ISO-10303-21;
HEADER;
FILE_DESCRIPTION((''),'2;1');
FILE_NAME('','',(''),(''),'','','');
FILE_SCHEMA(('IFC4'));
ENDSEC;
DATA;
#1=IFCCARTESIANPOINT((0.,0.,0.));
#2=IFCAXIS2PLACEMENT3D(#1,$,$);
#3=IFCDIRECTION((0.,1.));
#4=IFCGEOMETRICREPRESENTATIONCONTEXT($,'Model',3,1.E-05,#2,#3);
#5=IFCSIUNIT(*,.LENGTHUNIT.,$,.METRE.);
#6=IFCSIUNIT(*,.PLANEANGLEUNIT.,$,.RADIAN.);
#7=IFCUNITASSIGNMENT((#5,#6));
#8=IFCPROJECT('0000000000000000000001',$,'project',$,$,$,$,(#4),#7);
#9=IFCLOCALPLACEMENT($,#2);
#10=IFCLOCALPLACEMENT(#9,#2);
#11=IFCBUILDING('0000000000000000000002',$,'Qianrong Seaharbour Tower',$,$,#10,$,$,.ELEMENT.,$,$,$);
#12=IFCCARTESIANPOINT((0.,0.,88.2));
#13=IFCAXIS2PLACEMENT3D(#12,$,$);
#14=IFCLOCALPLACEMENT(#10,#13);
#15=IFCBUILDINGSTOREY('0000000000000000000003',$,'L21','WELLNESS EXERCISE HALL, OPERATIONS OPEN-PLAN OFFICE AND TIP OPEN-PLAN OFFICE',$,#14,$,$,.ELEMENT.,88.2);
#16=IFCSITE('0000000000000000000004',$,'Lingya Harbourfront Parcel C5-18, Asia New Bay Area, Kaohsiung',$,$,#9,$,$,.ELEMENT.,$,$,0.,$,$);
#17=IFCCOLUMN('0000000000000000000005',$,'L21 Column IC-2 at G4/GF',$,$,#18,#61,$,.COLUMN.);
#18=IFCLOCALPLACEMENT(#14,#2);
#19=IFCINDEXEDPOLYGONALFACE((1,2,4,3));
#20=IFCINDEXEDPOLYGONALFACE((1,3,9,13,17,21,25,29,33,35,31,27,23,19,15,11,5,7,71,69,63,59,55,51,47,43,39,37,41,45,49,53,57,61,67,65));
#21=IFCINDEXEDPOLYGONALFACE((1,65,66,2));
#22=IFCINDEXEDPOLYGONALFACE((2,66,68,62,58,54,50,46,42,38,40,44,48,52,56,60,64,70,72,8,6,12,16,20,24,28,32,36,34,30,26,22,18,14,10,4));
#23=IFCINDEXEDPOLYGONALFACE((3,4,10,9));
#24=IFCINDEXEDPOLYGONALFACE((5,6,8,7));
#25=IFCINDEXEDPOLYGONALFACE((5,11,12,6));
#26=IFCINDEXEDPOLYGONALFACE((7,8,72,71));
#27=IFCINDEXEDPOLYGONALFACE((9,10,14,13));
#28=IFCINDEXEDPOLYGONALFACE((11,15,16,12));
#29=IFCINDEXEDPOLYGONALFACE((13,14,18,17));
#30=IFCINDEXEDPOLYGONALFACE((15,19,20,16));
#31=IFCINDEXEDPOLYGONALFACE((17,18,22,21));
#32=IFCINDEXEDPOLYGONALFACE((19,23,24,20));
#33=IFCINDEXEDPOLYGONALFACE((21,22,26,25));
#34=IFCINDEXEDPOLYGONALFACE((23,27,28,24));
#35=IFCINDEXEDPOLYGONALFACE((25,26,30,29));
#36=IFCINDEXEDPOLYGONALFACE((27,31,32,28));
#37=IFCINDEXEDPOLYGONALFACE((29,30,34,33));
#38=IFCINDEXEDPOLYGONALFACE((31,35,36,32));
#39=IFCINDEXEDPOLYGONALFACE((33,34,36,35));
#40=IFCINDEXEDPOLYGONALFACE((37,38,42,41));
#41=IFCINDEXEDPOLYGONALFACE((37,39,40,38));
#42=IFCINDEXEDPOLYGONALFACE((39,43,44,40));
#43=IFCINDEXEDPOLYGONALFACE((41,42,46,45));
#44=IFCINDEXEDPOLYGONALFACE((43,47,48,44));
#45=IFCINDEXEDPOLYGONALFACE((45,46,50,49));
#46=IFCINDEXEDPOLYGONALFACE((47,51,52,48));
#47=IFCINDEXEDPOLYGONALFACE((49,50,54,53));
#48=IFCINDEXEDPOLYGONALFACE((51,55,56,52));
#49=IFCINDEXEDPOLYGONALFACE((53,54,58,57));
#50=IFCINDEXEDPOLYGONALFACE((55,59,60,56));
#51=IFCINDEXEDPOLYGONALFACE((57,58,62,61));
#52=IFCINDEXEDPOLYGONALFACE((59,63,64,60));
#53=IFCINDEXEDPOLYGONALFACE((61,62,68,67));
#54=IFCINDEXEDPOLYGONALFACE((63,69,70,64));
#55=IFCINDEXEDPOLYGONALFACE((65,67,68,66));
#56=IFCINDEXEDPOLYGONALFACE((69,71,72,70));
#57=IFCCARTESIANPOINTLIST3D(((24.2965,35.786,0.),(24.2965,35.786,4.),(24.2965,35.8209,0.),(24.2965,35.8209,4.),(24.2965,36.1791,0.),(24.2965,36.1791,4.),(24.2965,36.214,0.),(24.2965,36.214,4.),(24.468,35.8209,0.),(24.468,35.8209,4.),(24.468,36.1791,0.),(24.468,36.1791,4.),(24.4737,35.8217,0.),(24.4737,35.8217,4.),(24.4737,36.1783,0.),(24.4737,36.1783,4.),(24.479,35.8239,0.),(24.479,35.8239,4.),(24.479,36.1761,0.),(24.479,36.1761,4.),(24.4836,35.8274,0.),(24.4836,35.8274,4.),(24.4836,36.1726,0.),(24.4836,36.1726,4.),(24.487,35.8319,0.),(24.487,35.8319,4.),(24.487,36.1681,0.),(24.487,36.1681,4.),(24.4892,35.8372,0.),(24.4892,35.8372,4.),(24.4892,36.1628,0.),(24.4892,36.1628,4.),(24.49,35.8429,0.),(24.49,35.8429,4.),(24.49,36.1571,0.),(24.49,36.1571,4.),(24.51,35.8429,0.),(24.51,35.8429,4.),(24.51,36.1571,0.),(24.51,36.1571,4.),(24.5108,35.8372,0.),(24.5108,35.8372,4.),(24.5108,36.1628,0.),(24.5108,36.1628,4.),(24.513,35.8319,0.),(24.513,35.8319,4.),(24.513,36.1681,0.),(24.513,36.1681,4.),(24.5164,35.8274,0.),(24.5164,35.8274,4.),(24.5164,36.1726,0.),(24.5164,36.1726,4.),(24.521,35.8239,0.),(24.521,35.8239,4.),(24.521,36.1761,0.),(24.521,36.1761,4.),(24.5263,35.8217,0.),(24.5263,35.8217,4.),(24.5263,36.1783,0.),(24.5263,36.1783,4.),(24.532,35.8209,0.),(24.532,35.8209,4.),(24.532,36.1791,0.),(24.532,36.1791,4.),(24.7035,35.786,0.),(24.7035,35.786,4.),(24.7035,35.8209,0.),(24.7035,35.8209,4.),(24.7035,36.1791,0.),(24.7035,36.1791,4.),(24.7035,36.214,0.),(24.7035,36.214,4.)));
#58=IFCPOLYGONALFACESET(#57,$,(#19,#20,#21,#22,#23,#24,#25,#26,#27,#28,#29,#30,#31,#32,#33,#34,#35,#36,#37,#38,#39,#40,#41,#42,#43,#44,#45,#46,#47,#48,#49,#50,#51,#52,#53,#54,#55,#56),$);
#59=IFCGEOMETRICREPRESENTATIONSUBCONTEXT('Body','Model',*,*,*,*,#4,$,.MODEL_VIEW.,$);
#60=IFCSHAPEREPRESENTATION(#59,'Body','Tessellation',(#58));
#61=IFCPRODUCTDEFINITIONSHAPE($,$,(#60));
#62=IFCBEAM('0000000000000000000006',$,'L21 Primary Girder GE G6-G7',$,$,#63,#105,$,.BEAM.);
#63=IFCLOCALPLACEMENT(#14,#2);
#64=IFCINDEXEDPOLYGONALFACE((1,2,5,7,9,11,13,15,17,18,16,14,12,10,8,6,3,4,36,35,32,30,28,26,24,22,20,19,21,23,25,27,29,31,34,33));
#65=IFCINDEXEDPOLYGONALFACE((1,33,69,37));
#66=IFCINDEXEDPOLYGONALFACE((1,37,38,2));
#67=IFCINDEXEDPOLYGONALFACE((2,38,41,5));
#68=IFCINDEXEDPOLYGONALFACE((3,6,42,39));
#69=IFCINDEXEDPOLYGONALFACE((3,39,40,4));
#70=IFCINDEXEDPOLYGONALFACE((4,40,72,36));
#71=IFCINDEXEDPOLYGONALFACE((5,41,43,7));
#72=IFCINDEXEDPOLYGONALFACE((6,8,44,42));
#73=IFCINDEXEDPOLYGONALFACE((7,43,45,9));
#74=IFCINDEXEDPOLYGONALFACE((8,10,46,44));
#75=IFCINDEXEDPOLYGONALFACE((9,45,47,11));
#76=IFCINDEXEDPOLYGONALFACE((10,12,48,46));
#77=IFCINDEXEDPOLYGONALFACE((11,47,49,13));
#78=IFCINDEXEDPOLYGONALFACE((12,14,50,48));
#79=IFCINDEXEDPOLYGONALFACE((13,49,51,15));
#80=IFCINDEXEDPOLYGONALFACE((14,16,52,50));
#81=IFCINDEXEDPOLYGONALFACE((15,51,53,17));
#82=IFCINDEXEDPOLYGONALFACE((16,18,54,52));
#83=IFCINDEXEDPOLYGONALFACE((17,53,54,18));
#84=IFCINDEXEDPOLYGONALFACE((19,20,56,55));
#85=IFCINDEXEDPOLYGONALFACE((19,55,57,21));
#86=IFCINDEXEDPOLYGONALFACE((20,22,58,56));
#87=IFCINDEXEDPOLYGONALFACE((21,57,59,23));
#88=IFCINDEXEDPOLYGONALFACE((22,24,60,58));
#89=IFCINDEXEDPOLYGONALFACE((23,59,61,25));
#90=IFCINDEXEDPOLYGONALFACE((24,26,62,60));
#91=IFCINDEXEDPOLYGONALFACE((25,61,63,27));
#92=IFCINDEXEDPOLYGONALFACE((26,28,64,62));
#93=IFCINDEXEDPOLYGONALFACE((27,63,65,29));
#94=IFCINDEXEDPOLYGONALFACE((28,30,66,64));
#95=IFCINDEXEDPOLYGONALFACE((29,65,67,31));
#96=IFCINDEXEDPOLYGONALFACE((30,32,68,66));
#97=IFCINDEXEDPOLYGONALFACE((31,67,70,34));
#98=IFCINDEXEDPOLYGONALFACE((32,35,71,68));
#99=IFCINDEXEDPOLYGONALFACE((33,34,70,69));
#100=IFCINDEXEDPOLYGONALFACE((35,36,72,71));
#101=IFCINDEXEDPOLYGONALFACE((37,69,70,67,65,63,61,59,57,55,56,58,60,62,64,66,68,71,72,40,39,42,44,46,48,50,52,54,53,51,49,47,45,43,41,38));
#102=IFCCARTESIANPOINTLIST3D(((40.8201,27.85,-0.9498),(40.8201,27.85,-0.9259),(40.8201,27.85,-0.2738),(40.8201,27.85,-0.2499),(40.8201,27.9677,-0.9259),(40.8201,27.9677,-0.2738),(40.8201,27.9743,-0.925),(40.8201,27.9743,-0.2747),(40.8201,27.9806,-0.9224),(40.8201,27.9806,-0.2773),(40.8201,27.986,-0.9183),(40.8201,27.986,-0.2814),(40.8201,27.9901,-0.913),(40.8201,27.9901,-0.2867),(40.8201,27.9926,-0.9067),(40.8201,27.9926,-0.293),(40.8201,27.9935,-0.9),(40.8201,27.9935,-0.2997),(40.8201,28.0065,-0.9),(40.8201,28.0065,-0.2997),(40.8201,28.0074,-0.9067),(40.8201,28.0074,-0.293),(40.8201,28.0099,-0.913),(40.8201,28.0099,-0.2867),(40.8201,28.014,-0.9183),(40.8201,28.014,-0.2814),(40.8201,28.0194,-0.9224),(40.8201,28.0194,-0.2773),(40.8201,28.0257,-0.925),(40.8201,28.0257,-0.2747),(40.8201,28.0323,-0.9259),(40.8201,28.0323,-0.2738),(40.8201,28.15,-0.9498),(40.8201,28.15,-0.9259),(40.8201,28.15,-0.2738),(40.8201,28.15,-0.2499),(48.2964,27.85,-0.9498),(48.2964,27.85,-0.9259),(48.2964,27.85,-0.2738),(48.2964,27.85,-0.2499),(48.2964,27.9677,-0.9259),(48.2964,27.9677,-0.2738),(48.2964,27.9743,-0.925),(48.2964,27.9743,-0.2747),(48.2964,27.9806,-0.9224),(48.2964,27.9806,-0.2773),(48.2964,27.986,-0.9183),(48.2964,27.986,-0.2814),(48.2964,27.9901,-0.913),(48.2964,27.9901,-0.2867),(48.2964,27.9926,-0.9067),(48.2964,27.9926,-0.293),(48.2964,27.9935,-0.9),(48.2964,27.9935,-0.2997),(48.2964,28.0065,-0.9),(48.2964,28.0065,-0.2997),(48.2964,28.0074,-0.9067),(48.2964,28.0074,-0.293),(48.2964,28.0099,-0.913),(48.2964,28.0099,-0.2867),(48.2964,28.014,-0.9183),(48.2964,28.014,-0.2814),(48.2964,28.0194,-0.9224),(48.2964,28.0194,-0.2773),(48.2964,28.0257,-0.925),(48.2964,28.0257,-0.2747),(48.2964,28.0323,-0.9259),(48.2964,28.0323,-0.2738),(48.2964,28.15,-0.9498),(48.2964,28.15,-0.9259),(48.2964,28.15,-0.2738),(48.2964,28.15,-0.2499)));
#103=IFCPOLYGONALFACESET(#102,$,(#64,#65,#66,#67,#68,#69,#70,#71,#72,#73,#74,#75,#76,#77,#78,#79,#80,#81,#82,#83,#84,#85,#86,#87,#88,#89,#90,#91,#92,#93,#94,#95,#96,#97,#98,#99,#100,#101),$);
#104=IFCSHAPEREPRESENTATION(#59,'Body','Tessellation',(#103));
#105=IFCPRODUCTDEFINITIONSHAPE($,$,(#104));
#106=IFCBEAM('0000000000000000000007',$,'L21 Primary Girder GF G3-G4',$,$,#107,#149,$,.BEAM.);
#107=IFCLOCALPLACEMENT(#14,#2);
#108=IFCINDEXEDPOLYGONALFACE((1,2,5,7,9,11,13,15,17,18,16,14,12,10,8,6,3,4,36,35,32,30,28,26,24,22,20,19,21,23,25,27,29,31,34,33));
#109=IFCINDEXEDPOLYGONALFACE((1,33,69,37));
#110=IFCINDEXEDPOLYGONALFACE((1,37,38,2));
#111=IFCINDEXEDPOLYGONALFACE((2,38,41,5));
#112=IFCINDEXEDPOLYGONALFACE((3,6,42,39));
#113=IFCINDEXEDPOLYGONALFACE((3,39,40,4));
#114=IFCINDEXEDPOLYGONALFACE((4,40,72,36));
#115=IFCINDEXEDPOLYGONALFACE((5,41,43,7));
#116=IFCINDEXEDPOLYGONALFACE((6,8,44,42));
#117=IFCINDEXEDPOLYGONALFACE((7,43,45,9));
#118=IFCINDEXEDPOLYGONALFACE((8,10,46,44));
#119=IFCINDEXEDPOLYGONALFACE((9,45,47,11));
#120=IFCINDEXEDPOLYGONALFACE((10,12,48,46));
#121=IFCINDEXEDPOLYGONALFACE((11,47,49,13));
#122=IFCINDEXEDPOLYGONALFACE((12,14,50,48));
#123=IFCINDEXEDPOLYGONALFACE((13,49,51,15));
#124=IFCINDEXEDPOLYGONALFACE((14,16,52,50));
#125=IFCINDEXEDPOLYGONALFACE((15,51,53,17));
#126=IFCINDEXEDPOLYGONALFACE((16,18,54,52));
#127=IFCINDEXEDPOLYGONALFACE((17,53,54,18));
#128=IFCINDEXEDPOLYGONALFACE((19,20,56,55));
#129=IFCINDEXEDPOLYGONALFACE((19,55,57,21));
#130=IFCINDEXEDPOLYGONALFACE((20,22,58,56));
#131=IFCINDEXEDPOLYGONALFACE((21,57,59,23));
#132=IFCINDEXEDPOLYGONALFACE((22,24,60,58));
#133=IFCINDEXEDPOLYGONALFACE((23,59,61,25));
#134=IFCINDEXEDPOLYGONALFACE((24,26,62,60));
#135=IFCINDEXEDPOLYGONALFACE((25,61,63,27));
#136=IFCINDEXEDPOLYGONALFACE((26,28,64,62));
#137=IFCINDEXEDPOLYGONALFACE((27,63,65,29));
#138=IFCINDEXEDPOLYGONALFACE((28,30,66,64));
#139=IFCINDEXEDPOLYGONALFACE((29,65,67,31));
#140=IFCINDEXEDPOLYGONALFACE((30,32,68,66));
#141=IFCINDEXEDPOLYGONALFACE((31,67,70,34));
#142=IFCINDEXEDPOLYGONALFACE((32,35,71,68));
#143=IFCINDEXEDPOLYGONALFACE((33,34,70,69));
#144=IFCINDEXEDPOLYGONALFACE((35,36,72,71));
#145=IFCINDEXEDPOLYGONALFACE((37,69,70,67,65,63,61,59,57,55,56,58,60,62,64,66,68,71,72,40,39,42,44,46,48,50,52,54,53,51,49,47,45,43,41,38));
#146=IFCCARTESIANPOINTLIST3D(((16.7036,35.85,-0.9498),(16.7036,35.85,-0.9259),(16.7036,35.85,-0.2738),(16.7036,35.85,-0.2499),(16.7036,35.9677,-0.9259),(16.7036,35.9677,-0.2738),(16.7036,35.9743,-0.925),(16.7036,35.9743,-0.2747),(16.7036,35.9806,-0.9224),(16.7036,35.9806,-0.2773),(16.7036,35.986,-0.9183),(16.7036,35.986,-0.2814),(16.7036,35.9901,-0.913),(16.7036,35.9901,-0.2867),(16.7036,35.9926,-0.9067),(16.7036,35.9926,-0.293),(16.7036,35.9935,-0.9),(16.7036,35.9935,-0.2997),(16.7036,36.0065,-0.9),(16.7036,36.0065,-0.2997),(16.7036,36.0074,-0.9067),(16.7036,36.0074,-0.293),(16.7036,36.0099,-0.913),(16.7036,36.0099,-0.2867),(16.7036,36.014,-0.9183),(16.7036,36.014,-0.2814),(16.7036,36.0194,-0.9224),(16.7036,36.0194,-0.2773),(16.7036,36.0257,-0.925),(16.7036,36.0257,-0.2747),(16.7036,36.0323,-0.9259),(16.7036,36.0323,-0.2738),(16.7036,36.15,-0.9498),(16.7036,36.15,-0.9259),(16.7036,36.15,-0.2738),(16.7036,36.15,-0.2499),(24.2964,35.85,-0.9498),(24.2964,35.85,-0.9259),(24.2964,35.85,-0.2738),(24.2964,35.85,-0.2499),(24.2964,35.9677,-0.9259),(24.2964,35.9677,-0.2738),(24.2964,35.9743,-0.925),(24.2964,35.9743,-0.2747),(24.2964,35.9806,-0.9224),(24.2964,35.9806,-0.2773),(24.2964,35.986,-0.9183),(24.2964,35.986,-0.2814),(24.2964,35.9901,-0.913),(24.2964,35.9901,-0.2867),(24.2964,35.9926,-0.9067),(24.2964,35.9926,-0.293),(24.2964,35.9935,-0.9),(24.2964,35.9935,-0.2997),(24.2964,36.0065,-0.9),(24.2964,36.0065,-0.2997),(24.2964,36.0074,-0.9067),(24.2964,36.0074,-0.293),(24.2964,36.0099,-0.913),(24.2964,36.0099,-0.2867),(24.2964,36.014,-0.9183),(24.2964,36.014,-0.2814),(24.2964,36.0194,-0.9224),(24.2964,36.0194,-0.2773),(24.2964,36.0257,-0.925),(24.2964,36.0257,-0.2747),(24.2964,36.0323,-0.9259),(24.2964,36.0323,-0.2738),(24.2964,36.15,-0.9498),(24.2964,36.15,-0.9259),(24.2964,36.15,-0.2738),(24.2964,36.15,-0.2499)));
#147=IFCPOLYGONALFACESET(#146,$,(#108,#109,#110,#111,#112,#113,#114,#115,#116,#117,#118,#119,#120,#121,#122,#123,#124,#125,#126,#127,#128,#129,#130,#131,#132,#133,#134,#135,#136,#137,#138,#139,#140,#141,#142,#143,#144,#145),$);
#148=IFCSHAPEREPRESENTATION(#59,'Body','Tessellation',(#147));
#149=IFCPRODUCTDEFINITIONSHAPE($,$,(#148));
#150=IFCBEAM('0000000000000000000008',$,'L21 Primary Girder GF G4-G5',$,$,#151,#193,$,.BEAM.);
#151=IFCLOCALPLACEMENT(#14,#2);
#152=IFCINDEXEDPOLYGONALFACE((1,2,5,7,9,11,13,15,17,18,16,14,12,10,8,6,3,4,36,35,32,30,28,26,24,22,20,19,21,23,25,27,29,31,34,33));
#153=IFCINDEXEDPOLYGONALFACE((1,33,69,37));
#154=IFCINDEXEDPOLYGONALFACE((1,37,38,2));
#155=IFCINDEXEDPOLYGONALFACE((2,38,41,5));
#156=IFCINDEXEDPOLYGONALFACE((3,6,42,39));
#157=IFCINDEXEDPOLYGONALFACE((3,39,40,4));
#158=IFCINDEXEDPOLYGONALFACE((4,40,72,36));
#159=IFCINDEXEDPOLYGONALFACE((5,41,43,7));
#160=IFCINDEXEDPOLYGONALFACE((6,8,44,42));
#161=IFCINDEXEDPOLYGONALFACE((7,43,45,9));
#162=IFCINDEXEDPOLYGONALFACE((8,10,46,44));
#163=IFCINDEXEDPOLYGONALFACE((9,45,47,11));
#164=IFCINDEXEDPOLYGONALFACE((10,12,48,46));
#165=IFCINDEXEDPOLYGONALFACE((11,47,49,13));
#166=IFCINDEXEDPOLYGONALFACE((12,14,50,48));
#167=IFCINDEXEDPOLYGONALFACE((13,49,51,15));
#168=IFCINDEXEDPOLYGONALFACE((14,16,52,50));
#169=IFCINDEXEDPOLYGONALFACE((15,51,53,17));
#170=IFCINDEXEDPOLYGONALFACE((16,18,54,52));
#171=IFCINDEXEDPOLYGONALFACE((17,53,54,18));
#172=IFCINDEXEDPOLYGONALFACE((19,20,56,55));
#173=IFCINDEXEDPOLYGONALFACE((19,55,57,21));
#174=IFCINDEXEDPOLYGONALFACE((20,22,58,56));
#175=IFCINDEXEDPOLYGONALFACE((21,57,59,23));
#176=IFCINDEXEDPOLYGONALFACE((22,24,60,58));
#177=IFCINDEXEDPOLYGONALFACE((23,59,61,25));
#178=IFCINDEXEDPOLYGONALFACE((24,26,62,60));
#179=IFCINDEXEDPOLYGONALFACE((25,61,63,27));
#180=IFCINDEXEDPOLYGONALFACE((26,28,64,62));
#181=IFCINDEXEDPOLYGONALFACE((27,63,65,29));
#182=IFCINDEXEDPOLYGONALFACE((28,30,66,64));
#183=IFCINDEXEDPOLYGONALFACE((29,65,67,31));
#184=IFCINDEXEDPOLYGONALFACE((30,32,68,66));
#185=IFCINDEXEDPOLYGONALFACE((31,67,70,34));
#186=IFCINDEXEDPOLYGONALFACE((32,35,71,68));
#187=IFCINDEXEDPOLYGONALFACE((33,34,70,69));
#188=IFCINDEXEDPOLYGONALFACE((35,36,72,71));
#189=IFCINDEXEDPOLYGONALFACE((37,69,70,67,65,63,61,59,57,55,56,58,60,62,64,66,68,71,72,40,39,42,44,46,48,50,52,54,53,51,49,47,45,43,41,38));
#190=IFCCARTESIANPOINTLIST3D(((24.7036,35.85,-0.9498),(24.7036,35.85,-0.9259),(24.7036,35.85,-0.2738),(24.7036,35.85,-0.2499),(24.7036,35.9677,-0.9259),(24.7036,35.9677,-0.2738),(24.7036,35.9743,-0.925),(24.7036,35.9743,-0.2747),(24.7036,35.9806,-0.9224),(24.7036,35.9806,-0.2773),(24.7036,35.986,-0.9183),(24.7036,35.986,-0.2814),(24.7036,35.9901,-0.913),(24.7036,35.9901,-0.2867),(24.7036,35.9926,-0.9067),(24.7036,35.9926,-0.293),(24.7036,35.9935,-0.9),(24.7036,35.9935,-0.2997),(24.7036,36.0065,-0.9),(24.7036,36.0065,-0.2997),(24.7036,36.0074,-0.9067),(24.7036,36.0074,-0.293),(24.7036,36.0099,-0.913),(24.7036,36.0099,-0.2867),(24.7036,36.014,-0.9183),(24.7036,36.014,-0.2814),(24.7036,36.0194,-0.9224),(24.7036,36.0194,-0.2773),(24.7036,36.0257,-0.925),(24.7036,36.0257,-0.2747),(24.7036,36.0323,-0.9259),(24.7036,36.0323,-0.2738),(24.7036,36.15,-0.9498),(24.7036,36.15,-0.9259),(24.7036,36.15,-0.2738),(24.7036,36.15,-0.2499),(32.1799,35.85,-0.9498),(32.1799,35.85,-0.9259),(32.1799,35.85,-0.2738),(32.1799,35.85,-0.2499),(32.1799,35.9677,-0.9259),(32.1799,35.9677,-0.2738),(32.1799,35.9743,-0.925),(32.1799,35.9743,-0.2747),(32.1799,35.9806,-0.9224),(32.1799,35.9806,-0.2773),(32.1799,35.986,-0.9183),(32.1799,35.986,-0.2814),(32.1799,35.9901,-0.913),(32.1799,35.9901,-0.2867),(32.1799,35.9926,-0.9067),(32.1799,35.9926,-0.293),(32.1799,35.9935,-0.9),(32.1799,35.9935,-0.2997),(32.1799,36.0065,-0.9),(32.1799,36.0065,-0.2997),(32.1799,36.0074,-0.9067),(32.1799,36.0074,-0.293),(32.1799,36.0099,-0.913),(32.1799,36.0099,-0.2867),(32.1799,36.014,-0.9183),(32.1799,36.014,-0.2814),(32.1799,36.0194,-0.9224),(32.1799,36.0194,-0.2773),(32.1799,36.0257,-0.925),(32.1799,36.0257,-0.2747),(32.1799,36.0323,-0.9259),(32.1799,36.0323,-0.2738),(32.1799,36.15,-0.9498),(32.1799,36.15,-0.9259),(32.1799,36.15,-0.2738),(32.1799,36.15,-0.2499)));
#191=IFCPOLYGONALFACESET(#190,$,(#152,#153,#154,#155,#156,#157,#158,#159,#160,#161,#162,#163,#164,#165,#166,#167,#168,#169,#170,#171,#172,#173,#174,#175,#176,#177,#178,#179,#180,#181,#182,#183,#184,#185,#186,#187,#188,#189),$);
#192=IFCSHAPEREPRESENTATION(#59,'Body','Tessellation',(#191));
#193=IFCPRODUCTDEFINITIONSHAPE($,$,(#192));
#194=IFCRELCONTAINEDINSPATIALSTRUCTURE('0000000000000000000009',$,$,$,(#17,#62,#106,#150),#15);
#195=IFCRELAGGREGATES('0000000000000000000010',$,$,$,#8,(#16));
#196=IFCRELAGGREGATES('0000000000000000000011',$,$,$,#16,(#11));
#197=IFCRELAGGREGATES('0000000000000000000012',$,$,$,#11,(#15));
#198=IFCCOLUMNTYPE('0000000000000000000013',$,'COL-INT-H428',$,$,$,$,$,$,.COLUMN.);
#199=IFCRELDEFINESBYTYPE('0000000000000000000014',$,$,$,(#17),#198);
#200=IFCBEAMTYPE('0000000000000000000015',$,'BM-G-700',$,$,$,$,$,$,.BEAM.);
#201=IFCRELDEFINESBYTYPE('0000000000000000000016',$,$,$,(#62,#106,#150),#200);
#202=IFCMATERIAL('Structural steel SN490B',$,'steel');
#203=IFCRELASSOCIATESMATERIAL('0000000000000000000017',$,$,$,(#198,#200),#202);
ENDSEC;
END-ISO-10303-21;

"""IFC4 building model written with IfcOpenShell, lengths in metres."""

from ifc_helpers import new_model, si_unit, direction, frame, origin, origin_2d, place, context, subcontext, project, spatial, i_section, extrude, material, material_profile, profile_set, type_object, element, save


model = new_model("IFC4")

# Units and contexts
model_context = context("Model", 3, precision=1e-05, world=origin(), true_north=direction((0.0, 1.0)))
body_context = subcontext(model_context, "Body", "Model", "MODEL_VIEW")
ifc_project = project(units=[si_unit("LENGTHUNIT", "METRE"), si_unit("PLANEANGLEUNIT", "RADIAN")], contexts=[model_context])

# Site, building, storey
site_placement = place(None, origin())
site = spatial("IfcSite", under=ifc_project, at=site_placement, Name="Lingya Harbourfront Parcel C5-18, Asia New Bay Area, Kaohsiung", CompositionType="ELEMENT", RefElevation=0.0)
building_placement = place(site_placement, origin())
building = spatial("IfcBuilding", under=site, at=building_placement, Name="Qianrong Seaharbour Tower", CompositionType="ELEMENT")
storey_placement = place(building_placement, frame((0.0, 0.0, 88.2)))
storey = spatial("IfcBuildingStorey", under=building, at=storey_placement, Name="L21", Description="WELLNESS EXERCISE HALL, OPERATIONS OPEN-PLAN OFFICE AND TIP OPEN-PLAN OFFICE", CompositionType="ELEMENT", Elevation=88.2)

# Column
ifc_material_1 = material(Name="Structural steel SN490B", Category="steel")
ifc_material_profile_1 = material_profile(ifc_material_1, i_section(OverallWidth=0.407, OverallDepth=0.428, WebThickness=0.02, FlangeThickness=0.0349, FilletRadius=0.022, at=origin_2d()), Name="H428x407x20x35")
ifc_profile_set_1 = profile_set([ifc_material_profile_1], Name="Structural steel SN490B")
column_type = type_object("IfcColumnType", Name="COL-INT-H428", PredefinedType="COLUMN", material=ifc_profile_set_1)
column_placement = place(storey_placement, frame((24.5, 36.0, 0.0), z_axis=(0.0, 0.0, 1.0), x_axis=(1.0, 0.0, 0.0)))
element("IfcColumn", 1, at=column_placement, inside=storey, type_object=column_type, Name="L21 Column IC-2 at G4/GF", PredefinedType="COLUMN", context=body_context, shape_type="SweptSolid", body=[
    extrude(i_section(OverallWidth=0.407, OverallDepth=0.428, WebThickness=0.02, FlangeThickness=0.0349, FilletRadius=0.022, at=origin_2d()), origin(), (0.0, 0.0, 1.0), 4.0),
])

# Beams
ifc_material_profile_2 = material_profile(ifc_material_1, i_section(OverallWidth=0.3, OverallDepth=0.7, WebThickness=0.0129, FlangeThickness=0.0239, FilletRadius=0.0259, at=origin_2d()), Name="H700x300x13x24")
ifc_profile_set_2 = profile_set([ifc_material_profile_2], Name="Structural steel SN490B")
beam_type_1 = type_object("IfcBeamType", Name="BM-G-700", PredefinedType="BEAM", material=ifc_profile_set_2)
beam_1_placement = place(storey_placement, frame((40.8201, 28.0, -0.5999), z_axis=(1.0, 0.0, 0.0), x_axis=(0.0, 1.0, 0.0)))
element("IfcBeam", 2, at=beam_1_placement, inside=storey, type_object=beam_type_1, Name="L21 Primary Girder GE G6-G7", PredefinedType="BEAM", context=body_context, shape_type="SweptSolid", body=[
    extrude(i_section(OverallWidth=0.3, OverallDepth=0.7, WebThickness=0.0129, FlangeThickness=0.0239, FilletRadius=0.0259, at=origin_2d()), origin(), (0.0, 0.0, 1.0), 7.4763),
])
beam_2_placement = place(storey_placement, frame((16.7036, 36.0, -0.5999), z_axis=(1.0, 0.0, 0.0), x_axis=(0.0, 1.0, 0.0)))
element("IfcBeam", 3, at=beam_2_placement, inside=storey, type_object=beam_type_1, Name="L21 Primary Girder GF G3-G4", PredefinedType="BEAM", context=body_context, shape_type="SweptSolid", body=[
    extrude(i_section(OverallWidth=0.3, OverallDepth=0.7, WebThickness=0.0129, FlangeThickness=0.0239, FilletRadius=0.0259, at=origin_2d()), origin(), (0.0, 0.0, 1.0), 7.5928),
])
beam_3_placement = place(storey_placement, frame((24.7036, 36.0, -0.5999), z_axis=(1.0, 0.0, 0.0), x_axis=(0.0, 1.0, 0.0)))
element("IfcBeam", 4, at=beam_3_placement, inside=storey, type_object=beam_type_1, Name="L21 Primary Girder GF G4-G5", PredefinedType="BEAM", context=body_context, shape_type="SweptSolid", body=[
    extrude(i_section(OverallWidth=0.3, OverallDepth=0.7, WebThickness=0.0129, FlangeThickness=0.0239, FilletRadius=0.0259, at=origin_2d()), origin(), (0.0, 0.0, 1.0), 7.4763),
])

save(model, "model.ifc")
